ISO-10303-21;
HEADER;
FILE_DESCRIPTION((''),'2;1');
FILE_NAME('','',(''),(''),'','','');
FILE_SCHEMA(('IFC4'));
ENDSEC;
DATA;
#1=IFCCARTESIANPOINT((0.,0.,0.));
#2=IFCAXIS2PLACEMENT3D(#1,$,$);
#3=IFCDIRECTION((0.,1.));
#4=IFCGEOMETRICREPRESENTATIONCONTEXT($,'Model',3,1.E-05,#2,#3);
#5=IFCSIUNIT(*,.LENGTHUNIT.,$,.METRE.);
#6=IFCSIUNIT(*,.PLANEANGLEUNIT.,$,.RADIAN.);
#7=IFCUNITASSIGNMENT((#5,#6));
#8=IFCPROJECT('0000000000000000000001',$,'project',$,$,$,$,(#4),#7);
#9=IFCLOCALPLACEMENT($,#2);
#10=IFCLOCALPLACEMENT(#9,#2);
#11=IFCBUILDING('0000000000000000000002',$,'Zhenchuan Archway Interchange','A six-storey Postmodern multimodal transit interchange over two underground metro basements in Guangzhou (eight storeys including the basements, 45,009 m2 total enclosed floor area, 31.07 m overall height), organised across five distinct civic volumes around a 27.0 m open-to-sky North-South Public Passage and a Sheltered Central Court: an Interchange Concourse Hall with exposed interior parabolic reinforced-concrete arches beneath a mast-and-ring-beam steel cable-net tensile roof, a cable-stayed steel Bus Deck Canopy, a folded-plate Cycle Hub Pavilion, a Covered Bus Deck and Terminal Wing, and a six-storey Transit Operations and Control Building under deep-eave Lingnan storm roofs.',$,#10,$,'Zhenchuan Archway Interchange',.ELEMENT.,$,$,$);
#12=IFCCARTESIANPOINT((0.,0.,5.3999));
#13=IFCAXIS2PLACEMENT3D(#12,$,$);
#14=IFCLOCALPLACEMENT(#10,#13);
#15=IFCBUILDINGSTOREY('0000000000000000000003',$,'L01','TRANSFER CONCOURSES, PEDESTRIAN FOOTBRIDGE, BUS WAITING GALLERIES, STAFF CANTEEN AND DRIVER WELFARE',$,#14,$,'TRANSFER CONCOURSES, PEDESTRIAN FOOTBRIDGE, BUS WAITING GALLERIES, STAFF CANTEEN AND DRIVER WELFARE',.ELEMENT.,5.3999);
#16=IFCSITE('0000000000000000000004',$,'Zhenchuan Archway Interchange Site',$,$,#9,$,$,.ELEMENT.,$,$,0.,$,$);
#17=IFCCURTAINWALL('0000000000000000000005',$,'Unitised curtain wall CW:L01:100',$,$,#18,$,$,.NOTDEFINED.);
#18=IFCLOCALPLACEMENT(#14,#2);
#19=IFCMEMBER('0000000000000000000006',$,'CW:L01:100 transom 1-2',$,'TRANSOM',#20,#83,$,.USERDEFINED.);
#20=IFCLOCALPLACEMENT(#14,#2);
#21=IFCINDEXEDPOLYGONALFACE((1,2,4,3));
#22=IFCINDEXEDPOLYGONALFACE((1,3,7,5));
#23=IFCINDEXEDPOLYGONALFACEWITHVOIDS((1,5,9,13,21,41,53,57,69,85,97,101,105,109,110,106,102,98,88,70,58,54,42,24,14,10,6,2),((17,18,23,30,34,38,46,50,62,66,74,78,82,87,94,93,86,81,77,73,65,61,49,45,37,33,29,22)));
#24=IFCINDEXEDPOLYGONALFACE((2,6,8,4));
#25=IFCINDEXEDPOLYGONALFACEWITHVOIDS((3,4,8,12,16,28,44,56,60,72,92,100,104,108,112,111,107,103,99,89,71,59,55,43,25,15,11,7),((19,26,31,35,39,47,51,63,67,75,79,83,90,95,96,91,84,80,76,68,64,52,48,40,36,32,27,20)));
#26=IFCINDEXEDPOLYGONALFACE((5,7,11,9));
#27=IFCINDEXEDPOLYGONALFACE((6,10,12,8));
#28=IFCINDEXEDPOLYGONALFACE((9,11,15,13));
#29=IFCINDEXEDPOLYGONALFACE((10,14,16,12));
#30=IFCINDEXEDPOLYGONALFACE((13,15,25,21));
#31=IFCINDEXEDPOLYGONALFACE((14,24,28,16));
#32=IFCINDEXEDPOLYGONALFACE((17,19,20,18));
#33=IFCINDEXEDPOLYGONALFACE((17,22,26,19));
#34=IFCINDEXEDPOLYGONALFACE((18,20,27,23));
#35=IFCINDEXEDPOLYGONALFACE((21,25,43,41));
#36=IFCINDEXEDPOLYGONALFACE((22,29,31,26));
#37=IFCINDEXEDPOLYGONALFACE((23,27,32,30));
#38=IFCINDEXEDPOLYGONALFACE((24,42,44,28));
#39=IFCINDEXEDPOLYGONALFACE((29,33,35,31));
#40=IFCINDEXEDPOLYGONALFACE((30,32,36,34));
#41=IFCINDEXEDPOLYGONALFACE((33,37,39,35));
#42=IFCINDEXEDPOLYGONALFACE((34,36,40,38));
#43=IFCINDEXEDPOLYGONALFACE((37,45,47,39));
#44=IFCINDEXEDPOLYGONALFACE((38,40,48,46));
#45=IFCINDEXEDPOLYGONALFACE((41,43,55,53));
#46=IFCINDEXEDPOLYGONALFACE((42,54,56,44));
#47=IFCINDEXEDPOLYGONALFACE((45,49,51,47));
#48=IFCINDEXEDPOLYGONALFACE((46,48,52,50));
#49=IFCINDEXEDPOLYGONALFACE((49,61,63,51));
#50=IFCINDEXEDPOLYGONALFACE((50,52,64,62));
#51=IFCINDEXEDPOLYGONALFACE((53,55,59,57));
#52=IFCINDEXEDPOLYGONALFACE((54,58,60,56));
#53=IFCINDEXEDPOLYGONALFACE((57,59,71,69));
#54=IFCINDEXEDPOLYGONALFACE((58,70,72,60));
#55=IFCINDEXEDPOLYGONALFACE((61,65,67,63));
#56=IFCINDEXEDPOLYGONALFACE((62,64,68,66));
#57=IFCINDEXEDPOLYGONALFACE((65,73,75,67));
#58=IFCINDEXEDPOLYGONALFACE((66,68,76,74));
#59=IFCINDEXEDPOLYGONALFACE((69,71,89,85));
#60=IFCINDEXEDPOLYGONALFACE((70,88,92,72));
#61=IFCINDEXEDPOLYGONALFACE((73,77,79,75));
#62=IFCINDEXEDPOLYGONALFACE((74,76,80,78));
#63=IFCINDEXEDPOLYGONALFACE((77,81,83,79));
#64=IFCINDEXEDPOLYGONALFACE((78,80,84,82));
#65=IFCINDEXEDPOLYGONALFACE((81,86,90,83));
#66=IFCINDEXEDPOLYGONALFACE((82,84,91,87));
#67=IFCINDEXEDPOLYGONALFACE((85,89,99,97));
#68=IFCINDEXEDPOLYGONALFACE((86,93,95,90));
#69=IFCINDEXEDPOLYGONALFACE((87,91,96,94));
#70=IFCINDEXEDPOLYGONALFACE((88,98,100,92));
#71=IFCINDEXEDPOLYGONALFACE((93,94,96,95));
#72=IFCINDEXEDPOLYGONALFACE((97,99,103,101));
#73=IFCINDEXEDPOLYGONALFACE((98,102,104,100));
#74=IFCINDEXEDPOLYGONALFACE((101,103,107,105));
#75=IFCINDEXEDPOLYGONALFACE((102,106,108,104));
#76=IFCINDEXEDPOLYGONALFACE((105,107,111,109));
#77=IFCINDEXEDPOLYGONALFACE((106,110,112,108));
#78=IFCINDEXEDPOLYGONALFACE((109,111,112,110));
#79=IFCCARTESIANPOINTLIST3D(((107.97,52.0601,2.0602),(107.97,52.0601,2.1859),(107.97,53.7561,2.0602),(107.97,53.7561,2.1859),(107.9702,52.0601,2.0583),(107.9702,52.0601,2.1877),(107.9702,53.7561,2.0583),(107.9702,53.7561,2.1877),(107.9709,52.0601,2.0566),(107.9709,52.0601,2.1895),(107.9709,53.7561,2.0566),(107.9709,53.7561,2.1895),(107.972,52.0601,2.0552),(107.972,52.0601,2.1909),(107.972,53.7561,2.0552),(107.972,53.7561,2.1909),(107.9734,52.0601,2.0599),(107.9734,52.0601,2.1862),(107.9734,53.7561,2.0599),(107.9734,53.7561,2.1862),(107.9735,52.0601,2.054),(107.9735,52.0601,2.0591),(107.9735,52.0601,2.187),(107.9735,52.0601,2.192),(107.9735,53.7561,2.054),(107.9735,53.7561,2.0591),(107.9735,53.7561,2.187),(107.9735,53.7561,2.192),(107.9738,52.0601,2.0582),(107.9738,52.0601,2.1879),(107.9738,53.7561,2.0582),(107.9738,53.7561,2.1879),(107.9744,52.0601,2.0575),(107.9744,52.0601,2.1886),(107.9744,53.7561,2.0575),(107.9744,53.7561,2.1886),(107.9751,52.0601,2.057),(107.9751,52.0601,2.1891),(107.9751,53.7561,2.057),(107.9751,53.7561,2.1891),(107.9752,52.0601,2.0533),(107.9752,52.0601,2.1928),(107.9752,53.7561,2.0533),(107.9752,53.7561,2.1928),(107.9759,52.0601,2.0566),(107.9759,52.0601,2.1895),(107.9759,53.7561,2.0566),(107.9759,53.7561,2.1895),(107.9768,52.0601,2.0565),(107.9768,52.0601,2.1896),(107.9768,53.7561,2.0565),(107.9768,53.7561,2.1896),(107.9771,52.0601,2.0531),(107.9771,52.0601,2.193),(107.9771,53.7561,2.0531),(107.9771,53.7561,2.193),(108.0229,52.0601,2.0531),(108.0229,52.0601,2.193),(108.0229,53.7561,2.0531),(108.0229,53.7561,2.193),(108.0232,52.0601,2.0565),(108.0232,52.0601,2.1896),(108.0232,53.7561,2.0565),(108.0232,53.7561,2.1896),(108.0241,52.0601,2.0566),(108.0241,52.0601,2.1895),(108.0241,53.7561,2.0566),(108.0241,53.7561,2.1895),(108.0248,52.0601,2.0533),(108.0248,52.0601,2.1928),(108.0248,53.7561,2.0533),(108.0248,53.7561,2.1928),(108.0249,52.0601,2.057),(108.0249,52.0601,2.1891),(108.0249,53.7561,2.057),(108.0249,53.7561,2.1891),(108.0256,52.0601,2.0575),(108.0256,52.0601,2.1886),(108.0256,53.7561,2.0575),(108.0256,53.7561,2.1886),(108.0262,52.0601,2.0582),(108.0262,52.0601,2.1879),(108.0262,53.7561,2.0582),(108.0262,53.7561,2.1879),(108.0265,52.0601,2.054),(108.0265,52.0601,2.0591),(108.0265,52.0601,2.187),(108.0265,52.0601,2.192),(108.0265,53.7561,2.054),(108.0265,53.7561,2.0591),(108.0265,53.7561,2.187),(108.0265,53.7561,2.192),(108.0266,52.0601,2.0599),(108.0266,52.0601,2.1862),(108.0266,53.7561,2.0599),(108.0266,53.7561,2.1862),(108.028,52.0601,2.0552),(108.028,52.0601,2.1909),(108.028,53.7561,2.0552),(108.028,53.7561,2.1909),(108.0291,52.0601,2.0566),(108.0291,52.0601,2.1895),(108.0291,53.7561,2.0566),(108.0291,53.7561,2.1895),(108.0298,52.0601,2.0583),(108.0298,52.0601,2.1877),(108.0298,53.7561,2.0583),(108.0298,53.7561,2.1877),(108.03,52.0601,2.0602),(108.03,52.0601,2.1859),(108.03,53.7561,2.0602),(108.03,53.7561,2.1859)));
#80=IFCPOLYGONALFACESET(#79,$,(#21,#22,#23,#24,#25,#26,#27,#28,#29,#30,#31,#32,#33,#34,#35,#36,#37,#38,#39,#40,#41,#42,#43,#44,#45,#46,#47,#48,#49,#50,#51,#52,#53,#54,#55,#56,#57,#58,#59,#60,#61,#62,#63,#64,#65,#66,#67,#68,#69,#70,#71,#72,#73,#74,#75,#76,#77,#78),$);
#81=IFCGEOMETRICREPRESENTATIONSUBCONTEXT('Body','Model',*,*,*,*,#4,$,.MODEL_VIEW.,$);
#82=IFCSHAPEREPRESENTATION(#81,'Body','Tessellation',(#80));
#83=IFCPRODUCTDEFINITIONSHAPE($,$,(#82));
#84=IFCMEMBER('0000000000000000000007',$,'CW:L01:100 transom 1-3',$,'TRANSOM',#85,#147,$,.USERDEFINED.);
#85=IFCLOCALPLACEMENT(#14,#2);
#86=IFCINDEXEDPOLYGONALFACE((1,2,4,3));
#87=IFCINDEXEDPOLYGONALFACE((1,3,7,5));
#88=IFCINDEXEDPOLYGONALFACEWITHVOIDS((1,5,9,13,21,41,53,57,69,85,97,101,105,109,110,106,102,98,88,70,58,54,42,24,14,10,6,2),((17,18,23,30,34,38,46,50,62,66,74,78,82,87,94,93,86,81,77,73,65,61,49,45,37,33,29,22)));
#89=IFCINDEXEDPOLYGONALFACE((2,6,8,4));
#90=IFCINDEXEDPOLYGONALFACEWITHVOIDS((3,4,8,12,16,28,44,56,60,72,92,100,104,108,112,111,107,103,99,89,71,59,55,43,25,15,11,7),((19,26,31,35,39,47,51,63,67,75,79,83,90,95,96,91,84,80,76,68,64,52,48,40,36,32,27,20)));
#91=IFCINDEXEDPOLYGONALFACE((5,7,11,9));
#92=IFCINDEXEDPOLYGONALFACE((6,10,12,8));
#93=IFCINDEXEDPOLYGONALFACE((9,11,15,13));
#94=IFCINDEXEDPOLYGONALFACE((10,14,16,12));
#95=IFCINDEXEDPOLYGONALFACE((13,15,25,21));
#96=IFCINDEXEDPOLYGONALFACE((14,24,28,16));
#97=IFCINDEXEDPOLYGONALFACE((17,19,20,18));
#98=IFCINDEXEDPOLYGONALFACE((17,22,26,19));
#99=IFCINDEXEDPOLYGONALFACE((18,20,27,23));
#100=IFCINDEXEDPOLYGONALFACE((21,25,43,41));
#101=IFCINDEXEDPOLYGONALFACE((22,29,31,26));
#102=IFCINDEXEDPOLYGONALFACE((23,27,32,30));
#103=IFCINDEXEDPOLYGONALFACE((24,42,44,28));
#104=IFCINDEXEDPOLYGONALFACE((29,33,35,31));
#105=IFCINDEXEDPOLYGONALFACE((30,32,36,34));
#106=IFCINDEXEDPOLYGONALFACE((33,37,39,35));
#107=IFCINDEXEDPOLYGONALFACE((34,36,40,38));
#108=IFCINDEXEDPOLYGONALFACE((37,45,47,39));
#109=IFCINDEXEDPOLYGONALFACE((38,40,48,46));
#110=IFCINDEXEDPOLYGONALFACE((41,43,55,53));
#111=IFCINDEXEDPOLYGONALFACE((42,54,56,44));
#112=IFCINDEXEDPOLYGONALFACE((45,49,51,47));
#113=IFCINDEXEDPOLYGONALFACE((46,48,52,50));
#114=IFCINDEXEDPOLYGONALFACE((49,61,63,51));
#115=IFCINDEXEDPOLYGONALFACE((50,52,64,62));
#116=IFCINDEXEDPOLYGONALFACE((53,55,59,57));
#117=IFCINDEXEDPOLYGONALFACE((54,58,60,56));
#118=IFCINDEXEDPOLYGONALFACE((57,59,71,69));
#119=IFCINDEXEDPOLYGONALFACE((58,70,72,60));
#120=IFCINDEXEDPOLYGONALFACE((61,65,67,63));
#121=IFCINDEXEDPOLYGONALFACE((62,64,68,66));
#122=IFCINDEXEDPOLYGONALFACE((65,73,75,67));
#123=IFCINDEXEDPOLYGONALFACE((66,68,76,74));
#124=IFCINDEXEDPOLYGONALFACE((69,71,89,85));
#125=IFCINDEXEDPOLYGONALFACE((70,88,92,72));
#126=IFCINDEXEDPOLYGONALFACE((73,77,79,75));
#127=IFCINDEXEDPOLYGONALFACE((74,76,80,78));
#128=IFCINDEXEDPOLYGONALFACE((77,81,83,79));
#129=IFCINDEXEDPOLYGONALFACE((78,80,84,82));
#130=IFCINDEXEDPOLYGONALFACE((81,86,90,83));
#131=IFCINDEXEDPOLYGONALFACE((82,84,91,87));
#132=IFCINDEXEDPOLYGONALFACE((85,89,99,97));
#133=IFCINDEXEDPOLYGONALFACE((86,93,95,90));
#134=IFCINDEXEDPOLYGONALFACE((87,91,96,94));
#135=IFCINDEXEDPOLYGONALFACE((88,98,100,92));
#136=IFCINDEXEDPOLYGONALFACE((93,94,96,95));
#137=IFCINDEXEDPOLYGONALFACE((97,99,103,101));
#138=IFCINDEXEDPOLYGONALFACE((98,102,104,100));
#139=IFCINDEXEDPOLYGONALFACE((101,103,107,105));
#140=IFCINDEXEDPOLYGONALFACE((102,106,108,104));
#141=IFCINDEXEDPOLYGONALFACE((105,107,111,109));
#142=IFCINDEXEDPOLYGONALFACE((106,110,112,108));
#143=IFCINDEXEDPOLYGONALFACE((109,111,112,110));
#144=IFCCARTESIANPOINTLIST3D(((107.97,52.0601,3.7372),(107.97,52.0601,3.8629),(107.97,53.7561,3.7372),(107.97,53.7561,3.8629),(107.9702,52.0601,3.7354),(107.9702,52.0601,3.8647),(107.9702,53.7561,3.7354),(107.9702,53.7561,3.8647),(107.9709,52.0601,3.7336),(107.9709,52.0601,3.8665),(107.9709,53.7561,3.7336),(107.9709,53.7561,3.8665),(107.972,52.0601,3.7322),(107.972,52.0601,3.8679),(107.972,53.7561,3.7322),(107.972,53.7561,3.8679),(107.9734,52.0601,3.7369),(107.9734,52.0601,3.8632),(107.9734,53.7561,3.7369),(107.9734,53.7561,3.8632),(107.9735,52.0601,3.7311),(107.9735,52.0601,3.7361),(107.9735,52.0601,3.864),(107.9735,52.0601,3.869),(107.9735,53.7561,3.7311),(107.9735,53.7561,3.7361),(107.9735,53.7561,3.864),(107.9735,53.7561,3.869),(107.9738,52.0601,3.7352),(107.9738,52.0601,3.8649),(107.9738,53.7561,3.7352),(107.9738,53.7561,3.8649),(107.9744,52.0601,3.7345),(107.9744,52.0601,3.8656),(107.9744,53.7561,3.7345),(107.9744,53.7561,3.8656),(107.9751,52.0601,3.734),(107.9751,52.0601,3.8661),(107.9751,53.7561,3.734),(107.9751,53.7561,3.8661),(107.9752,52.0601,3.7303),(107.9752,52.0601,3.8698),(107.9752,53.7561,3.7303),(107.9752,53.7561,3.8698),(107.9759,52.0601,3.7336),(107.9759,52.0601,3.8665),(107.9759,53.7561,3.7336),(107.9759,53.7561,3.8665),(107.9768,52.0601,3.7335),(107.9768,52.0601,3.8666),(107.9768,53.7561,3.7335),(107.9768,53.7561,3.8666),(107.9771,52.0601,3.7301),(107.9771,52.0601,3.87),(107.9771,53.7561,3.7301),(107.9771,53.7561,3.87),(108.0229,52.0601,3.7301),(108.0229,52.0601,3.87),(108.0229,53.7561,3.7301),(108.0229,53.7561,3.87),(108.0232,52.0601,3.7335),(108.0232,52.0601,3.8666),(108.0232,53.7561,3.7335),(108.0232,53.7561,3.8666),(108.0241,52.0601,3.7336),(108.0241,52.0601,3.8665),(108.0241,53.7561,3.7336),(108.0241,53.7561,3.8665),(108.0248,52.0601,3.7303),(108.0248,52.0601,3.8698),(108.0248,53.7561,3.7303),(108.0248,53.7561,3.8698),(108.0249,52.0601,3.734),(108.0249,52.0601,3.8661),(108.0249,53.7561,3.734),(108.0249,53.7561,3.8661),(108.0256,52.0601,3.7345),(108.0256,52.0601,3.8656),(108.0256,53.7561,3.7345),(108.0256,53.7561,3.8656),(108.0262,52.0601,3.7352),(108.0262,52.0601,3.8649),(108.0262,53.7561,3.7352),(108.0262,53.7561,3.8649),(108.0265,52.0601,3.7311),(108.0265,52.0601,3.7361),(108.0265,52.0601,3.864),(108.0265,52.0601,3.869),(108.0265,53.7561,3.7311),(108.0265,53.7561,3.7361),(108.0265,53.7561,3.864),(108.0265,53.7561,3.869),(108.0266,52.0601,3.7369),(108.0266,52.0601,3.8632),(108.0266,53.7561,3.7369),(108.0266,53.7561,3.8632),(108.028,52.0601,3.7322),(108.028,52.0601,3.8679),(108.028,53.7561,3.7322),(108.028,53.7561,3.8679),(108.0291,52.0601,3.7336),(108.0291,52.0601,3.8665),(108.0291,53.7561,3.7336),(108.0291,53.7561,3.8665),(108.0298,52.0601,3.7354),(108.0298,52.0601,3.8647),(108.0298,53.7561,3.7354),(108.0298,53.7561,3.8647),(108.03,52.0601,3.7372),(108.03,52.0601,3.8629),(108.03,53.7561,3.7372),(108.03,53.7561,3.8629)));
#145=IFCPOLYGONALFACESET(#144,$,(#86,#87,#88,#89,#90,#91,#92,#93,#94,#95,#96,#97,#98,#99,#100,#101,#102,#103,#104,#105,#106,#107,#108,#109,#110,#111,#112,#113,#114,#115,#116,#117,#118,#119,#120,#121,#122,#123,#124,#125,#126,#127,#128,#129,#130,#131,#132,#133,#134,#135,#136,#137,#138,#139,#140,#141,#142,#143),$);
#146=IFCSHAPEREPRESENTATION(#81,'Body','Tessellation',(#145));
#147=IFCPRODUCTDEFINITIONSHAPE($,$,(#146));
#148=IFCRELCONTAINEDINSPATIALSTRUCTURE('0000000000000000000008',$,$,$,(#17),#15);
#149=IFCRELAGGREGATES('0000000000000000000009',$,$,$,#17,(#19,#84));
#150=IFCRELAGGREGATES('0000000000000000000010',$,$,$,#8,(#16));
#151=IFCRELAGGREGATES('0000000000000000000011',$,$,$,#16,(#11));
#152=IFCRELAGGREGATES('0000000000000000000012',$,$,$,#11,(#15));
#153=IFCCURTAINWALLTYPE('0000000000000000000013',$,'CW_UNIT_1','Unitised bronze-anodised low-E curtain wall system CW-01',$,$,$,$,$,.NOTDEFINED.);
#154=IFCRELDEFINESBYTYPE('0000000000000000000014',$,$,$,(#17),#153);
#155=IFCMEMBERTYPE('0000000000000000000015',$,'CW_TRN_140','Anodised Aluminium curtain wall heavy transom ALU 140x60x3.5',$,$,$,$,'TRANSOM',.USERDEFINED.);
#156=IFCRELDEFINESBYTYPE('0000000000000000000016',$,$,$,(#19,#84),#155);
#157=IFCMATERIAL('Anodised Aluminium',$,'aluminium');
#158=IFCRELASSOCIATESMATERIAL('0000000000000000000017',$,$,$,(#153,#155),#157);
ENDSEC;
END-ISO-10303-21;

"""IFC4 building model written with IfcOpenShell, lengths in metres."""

from ifc_helpers import new_model, si_unit, direction, frame, origin, origin_2d, place, context, subcontext, project, spatial, hollow_rectangle, extrude, material, material_profile, profile_set, type_object, element, aggregate, save


model = new_model("IFC4")

# Units and contexts
model_context = context("Model", 3, precision=1e-05, world=origin(), true_north=direction((0.0, 1.0)))
body_context = subcontext(model_context, "Body", "Model", "MODEL_VIEW")
ifc_project = project(units=[si_unit("LENGTHUNIT", "METRE"), si_unit("PLANEANGLEUNIT", "RADIAN")], contexts=[model_context])

# Site, building, storey
site_placement = place(None, origin())
site = spatial("IfcSite", under=ifc_project, at=site_placement, Name="Zhenchuan Archway Interchange Site", CompositionType="ELEMENT", RefElevation=0.0)
building_placement = place(site_placement, origin())
building = spatial("IfcBuilding", under=site, at=building_placement, Name="Zhenchuan Archway Interchange", Description="A six-storey Postmodern multimodal transit interchange over two underground metro basements in Guangzhou (eight storeys including the basements, 45,009 m2 total enclosed floor area, 31.07 m overall height), organised across five distinct civic volumes around a 27.0 m open-to-sky North-South Public Passage and a Sheltered Central Court: an Interchange Concourse Hall with exposed interior parabolic reinforced-concrete arches beneath a mast-and-ring-beam steel cable-net tensile roof, a cable-stayed steel Bus Deck Canopy, a folded-plate Cycle Hub Pavilion, a Covered Bus Deck and Terminal Wing, and a six-storey Transit Operations and Control Building under deep-eave Lingnan storm roofs.", LongName="Zhenchuan Archway Interchange", CompositionType="ELEMENT")
storey_placement = place(building_placement, frame((0.0, 0.0, 5.3999)))
storey = spatial("IfcBuildingStorey", under=building, at=storey_placement, Name="L01", Description="TRANSFER CONCOURSES, PEDESTRIAN FOOTBRIDGE, BUS WAITING GALLERIES, STAFF CANTEEN AND DRIVER WELFARE", LongName="TRANSFER CONCOURSES, PEDESTRIAN FOOTBRIDGE, BUS WAITING GALLERIES, STAFF CANTEEN AND DRIVER WELFARE", CompositionType="ELEMENT", Elevation=5.3999)

# Shared definitions
ifc_material_1 = material(Name="Anodised Aluminium", Category="aluminium")

# Curtain wall, members
curtain_wall_type_1 = type_object("IfcCurtainWallType", Name="CW_UNIT_1", Description="Unitised bronze-anodised low-E curtain wall system CW-01", PredefinedType="NOTDEFINED", material=ifc_material_1)
curtain_wall_1_placement = place(storey_placement, origin())
curtain_wall_1 = element("IfcCurtainWall", 1, at=curtain_wall_1_placement, inside=storey, type_object=curtain_wall_type_1, Name="Unitised curtain wall CW:L01:100", PredefinedType="NOTDEFINED")
ifc_material_profile_1 = material_profile(ifc_material_1, hollow_rectangle(XDim=0.0601, YDim=0.1399, WallThickness=0.0034, InnerFilletRadius=0.0034, OuterFilletRadius=0.0071, at=origin_2d()), Name="ALU 140x60x3.5")
ifc_profile_set_1 = profile_set([ifc_material_profile_1], Name="Anodised Aluminium")
member_type_1 = type_object("IfcMemberType", Name="CW_TRN_140", Description="Anodised Aluminium curtain wall heavy transom ALU 140x60x3.5", ElementType="TRANSOM", PredefinedType="USERDEFINED", material=ifc_profile_set_1)
member_1_placement = place(storey_placement, frame((108.0, 53.7561, 2.123), z_axis=(0.0, -1.0, 0.0), x_axis=(1.0, 0.0, 0.0)))
member_1 = element("IfcMember", 2, at=member_1_placement, type_object=member_type_1, Name="CW:L01:100 transom 1-2", ObjectType="TRANSOM", PredefinedType="USERDEFINED", context=body_context, shape_type="SweptSolid", body=[
    extrude(hollow_rectangle(XDim=0.0601, YDim=0.1399, WallThickness=0.0034, InnerFilletRadius=0.0034, OuterFilletRadius=0.0071, at=origin_2d()), origin(), (0.0, 0.0, 1.0), 1.696),
])
member_2_placement = place(storey_placement, frame((108.0, 53.7561, 3.8), z_axis=(0.0, -1.0, 0.0), x_axis=(1.0, 0.0, 0.0)))
member_2 = element("IfcMember", 3, at=member_2_placement, type_object=member_type_1, Name="CW:L01:100 transom 1-3", ObjectType="TRANSOM", PredefinedType="USERDEFINED", context=body_context, shape_type="SweptSolid", body=[
    extrude(hollow_rectangle(XDim=0.0601, YDim=0.1399, WallThickness=0.0034, InnerFilletRadius=0.0034, OuterFilletRadius=0.0071, at=origin_2d()), origin(), (0.0, 0.0, 1.0), 1.696),
])

aggregate(curtain_wall_1, [member_1, member_2])

save(model, "model.ifc")
